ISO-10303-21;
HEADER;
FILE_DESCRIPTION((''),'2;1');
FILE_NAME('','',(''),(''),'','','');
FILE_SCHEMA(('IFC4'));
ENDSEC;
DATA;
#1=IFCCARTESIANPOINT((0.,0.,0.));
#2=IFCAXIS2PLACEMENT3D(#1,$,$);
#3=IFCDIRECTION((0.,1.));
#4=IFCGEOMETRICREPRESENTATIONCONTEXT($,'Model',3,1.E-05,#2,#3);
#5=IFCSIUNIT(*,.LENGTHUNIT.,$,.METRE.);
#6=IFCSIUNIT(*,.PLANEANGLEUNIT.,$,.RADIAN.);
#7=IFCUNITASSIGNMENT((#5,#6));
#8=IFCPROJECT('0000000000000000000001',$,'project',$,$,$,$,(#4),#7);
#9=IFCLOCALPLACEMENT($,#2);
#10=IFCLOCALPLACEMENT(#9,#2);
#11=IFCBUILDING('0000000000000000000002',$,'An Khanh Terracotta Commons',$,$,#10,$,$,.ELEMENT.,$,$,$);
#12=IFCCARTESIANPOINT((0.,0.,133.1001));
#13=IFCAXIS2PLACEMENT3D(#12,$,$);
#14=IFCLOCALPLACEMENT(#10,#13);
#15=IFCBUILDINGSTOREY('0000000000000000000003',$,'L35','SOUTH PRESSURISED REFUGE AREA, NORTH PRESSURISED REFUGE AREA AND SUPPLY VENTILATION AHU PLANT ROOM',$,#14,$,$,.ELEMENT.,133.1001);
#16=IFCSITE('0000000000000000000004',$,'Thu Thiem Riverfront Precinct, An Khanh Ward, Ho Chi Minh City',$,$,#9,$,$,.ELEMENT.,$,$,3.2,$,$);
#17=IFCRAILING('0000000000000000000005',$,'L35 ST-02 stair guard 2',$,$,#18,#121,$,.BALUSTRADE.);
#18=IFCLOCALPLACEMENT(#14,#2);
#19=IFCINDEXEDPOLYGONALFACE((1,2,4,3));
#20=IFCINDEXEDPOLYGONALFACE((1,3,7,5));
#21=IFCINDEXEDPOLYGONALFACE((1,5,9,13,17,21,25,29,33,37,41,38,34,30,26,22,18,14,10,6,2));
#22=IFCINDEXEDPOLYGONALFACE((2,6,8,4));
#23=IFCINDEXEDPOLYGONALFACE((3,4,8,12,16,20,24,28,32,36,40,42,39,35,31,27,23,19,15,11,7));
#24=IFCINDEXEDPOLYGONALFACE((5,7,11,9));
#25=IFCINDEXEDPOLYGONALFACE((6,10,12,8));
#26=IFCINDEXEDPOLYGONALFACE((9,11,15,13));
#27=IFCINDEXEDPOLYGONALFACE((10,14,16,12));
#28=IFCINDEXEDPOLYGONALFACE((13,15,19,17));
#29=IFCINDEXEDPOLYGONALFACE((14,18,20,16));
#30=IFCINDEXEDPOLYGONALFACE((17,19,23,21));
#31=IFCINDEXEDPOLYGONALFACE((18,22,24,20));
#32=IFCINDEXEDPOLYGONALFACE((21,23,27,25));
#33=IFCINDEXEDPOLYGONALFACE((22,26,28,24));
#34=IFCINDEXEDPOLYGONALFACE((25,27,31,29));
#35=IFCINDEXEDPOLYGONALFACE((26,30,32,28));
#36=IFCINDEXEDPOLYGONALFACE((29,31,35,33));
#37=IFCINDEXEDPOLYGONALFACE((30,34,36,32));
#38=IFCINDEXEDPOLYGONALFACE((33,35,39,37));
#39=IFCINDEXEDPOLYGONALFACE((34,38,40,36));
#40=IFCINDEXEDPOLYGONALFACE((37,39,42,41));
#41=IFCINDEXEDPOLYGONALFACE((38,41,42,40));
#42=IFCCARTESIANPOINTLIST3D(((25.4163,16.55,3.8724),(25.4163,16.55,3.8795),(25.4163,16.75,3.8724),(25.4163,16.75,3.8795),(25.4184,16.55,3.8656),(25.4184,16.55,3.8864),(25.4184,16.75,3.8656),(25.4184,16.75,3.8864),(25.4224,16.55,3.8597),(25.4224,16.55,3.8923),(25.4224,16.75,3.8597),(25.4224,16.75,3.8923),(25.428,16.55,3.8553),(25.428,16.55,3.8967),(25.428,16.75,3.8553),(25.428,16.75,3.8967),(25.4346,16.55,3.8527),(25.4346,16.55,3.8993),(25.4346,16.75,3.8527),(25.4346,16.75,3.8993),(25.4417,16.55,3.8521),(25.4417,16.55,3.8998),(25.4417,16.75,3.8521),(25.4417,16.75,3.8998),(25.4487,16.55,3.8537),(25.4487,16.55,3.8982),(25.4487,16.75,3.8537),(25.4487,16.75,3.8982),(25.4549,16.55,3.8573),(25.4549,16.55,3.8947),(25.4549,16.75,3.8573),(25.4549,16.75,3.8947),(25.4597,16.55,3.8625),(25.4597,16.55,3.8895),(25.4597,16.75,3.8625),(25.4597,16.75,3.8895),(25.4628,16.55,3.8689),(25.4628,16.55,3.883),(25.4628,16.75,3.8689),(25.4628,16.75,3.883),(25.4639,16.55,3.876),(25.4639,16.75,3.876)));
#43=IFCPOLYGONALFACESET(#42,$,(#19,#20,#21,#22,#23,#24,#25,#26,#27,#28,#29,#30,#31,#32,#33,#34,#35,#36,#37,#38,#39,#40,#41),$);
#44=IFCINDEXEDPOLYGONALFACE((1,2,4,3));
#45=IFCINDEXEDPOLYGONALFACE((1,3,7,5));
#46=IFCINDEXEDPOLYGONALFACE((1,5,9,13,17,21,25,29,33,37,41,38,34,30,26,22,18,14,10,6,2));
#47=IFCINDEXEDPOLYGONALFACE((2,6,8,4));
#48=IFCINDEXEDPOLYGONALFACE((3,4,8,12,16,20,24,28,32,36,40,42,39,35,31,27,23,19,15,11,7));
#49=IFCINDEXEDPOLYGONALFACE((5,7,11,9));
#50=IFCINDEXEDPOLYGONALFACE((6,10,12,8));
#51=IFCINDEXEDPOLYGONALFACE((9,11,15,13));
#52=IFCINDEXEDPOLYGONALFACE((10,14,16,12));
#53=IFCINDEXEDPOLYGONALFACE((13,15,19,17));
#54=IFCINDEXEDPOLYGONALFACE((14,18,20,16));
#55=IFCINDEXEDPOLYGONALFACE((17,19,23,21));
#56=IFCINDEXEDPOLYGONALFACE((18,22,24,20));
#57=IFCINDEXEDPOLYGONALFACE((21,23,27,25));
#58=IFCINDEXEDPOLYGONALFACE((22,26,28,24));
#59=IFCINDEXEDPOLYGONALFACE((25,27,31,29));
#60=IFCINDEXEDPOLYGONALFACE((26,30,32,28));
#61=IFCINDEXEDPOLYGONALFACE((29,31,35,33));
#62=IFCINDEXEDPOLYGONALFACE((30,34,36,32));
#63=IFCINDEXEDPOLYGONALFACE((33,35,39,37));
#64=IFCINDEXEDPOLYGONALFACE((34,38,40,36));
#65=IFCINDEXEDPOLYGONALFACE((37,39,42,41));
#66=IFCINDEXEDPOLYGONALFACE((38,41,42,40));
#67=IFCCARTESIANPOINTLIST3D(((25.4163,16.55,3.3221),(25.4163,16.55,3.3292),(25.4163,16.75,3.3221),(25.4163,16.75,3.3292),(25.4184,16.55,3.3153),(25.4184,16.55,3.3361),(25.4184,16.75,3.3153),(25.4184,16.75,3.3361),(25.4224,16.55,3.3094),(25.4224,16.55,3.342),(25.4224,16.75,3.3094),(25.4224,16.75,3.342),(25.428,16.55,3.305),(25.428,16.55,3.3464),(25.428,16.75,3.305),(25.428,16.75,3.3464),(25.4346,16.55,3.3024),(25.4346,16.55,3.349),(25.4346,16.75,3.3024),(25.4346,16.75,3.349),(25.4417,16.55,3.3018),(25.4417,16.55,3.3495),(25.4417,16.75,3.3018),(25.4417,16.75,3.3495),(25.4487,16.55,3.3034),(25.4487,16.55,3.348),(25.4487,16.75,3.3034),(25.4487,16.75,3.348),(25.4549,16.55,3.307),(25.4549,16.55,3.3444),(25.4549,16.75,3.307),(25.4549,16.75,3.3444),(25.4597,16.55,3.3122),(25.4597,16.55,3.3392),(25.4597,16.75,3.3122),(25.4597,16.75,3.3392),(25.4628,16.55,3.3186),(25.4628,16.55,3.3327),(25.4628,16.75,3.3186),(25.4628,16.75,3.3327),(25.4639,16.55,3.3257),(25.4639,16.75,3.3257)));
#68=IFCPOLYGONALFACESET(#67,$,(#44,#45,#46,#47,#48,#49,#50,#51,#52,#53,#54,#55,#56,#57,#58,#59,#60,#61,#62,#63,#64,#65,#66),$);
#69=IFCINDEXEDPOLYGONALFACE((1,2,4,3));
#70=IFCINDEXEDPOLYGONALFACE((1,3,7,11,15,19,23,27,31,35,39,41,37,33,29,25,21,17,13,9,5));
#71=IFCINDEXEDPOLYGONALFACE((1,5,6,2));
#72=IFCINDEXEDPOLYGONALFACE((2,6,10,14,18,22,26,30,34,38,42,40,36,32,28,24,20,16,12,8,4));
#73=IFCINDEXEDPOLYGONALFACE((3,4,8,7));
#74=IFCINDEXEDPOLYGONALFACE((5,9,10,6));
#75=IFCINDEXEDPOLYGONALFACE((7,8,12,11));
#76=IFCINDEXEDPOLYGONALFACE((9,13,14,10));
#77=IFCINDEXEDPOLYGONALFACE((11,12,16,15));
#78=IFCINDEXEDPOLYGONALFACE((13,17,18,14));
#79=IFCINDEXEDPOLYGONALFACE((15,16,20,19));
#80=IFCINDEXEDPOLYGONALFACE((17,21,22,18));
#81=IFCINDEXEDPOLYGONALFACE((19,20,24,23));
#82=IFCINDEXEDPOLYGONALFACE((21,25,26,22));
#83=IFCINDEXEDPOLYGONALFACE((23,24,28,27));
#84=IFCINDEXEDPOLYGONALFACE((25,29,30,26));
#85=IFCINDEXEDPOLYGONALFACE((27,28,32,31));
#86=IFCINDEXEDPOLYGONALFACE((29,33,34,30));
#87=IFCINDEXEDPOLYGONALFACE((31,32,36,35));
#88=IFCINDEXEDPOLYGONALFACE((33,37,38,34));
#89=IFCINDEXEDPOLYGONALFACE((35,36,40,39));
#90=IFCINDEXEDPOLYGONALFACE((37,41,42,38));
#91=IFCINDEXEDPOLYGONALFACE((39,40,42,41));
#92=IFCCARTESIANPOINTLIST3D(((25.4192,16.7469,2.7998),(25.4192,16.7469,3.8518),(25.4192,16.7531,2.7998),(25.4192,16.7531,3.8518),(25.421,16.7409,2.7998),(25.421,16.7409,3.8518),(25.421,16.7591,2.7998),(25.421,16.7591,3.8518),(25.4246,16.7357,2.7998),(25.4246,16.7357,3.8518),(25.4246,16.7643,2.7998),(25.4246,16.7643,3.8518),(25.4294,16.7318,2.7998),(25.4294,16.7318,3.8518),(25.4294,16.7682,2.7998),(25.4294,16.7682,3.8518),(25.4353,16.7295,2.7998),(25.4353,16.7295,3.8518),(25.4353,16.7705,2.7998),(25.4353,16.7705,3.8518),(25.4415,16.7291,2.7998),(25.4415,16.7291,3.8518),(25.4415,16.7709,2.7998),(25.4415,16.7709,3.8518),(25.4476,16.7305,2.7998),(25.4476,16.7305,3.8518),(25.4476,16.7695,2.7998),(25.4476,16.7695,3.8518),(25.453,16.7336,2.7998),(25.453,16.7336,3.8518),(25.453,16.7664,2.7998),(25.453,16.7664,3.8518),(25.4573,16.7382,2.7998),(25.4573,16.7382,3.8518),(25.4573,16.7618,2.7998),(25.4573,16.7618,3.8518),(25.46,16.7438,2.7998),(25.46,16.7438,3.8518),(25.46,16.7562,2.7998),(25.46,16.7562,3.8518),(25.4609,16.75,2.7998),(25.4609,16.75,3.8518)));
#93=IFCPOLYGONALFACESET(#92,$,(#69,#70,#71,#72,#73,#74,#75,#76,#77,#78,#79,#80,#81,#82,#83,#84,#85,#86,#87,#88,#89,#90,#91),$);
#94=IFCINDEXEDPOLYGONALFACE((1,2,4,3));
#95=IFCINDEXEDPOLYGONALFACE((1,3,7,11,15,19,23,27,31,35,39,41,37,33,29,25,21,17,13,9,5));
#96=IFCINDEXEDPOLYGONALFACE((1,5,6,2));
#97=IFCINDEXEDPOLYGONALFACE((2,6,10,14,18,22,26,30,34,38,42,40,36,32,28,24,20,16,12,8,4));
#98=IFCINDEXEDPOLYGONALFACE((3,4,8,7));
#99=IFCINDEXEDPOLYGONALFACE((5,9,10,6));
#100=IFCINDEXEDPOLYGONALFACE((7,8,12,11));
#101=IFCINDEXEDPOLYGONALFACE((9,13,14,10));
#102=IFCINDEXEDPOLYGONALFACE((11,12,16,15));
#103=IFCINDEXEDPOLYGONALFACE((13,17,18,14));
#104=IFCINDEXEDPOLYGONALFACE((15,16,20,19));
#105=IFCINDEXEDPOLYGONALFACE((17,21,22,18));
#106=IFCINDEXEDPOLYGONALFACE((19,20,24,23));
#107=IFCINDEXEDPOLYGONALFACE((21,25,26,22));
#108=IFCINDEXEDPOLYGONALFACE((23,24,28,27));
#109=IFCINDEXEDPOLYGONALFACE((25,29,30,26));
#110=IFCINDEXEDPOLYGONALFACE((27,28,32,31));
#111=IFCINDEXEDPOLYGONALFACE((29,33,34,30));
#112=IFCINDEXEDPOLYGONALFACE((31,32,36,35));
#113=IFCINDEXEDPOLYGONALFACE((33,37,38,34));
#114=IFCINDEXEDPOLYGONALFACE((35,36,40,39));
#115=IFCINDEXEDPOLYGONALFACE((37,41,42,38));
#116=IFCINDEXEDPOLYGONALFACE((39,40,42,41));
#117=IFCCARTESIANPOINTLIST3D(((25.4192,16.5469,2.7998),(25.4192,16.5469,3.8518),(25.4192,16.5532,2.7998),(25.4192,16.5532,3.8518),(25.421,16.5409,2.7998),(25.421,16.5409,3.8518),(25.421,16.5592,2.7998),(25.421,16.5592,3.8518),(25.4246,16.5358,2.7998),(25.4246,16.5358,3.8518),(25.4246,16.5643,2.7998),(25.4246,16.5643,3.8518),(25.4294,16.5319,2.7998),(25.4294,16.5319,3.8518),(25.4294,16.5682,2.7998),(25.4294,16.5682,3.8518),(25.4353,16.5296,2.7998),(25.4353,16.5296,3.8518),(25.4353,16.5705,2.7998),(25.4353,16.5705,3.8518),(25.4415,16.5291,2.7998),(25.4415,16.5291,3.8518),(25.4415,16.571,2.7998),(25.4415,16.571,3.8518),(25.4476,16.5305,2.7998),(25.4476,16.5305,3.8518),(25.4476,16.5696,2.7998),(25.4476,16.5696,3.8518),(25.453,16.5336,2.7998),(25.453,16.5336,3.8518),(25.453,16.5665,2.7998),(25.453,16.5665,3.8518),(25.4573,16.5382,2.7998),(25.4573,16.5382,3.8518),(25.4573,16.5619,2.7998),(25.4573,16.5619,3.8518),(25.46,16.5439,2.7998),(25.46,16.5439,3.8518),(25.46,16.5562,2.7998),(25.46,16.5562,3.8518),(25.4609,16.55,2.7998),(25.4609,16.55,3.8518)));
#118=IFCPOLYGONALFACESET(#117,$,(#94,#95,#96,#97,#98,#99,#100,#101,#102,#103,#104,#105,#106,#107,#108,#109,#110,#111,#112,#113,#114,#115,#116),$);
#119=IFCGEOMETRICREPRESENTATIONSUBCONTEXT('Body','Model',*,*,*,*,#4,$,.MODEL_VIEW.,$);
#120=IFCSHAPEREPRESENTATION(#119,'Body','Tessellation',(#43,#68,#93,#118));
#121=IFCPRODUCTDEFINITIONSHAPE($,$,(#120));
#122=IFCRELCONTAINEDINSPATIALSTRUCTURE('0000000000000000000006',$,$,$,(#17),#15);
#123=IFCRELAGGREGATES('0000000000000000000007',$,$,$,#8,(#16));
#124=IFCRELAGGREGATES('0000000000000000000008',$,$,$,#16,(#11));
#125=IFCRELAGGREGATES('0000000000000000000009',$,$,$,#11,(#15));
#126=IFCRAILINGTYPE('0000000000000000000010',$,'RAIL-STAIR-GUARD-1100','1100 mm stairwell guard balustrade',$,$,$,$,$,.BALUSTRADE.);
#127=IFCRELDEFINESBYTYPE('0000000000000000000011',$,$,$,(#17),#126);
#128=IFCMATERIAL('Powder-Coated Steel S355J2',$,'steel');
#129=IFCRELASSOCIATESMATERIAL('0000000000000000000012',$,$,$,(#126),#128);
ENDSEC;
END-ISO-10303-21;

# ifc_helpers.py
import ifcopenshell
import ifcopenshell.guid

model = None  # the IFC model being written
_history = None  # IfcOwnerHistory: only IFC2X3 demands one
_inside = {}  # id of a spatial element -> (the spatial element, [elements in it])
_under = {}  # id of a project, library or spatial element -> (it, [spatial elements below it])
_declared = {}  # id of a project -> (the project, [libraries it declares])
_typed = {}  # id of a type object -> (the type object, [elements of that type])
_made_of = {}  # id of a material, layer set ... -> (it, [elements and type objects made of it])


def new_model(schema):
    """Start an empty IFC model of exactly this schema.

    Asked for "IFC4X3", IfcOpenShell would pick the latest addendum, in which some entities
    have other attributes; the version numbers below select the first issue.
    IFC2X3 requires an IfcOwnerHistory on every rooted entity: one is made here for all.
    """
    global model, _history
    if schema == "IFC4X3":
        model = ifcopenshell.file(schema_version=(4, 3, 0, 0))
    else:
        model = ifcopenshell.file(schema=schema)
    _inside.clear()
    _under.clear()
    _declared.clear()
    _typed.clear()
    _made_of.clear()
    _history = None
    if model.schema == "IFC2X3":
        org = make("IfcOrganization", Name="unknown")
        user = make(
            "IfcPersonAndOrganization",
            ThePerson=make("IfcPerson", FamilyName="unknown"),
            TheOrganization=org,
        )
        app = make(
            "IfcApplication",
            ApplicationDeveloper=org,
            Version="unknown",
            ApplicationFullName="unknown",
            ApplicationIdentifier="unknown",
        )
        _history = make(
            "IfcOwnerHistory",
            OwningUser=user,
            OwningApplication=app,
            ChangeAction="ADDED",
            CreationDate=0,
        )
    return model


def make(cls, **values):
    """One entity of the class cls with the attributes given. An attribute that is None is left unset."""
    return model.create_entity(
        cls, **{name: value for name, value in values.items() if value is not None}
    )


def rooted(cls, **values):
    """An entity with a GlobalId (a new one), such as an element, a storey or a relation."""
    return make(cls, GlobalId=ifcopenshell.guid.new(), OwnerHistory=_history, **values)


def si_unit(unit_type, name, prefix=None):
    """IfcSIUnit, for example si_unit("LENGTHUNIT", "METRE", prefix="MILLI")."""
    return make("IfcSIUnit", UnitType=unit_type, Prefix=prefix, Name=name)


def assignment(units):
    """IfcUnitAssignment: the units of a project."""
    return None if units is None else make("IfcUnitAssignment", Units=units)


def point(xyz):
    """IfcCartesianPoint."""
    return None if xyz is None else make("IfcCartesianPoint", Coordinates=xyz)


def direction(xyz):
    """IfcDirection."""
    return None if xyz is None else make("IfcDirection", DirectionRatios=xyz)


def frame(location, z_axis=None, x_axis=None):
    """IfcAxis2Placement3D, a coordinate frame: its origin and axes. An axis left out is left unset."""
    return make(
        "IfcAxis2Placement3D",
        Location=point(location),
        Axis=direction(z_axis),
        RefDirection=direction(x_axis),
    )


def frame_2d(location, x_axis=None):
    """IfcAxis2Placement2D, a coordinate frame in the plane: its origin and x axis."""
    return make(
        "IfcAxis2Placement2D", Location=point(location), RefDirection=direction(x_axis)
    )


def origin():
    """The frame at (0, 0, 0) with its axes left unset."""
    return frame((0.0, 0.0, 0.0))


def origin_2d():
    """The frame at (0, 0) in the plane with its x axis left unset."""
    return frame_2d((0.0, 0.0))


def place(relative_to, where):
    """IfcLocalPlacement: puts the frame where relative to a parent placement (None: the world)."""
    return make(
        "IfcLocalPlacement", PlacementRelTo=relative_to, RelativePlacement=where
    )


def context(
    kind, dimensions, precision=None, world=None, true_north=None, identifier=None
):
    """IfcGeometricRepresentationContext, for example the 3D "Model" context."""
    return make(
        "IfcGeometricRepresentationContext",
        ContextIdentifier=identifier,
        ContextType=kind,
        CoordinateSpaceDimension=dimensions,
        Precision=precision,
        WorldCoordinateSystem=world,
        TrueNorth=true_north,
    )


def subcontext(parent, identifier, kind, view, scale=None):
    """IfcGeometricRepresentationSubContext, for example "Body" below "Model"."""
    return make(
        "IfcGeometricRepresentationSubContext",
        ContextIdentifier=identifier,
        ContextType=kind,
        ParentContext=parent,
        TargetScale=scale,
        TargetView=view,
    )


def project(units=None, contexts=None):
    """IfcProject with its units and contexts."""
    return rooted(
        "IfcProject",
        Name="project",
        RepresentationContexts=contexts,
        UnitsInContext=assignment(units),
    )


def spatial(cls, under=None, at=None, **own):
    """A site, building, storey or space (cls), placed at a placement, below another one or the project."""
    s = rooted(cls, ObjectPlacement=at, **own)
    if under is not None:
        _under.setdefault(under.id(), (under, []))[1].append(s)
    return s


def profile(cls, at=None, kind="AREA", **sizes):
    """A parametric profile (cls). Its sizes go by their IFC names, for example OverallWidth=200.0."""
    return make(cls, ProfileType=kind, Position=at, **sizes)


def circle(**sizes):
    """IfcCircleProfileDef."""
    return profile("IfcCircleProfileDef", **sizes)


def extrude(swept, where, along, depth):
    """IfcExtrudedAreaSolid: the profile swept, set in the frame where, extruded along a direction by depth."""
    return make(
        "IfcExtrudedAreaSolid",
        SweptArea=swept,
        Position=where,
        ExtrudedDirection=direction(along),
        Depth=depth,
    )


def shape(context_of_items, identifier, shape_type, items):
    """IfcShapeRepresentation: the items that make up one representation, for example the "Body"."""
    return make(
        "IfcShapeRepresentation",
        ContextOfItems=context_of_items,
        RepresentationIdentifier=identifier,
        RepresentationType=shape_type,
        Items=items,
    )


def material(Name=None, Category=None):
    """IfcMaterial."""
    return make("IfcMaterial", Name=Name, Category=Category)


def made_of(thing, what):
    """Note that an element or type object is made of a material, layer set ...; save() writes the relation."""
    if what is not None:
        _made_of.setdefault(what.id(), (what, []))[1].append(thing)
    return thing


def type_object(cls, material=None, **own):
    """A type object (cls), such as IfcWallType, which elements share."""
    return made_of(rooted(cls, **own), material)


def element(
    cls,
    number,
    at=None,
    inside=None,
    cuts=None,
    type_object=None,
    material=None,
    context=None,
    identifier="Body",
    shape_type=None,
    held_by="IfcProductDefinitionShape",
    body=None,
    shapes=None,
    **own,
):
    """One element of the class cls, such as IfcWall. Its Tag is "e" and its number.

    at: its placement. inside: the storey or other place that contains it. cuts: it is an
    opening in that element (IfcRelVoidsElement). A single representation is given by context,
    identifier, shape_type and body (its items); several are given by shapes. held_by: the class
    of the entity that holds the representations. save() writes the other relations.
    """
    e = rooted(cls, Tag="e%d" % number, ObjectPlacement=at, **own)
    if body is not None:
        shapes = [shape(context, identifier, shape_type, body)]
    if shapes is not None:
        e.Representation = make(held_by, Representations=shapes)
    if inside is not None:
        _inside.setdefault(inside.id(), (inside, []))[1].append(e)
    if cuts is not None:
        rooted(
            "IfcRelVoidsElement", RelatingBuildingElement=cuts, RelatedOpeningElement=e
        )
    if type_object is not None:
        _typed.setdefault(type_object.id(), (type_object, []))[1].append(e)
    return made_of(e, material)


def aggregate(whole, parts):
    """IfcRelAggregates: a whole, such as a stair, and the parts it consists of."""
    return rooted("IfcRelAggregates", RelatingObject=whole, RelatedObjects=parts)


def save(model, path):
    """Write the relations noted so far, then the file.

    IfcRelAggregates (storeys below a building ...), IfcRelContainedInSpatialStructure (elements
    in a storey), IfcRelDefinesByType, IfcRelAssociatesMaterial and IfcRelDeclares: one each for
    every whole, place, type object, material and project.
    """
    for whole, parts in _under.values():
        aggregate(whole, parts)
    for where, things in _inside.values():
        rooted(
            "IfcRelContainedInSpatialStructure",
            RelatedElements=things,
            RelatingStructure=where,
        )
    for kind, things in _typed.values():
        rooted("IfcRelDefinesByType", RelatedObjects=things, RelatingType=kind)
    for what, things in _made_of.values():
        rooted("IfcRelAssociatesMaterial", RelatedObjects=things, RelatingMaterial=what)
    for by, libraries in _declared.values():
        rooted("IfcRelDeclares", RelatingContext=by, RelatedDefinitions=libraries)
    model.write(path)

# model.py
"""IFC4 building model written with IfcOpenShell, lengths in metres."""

from ifc_helpers import new_model, si_unit, direction, frame, origin, origin_2d, place, context, subcontext, project, spatial, circle, extrude, material, type_object, element, save


model = new_model("IFC4")

# Units and contexts
model_context = context("Model", 3, precision=1e-05, world=origin(), true_north=direction((0.0, 1.0)))
body_context = subcontext(model_context, "Body", "Model", "MODEL_VIEW")
ifc_project = project(units=[si_unit("LENGTHUNIT", "METRE"), si_unit("PLANEANGLEUNIT", "RADIAN")], contexts=[model_context])

# Site, building, storey
site_placement = place(None, origin())
site = spatial("IfcSite", under=ifc_project, at=site_placement, Name="Thu Thiem Riverfront Precinct, An Khanh Ward, Ho Chi Minh City", CompositionType="ELEMENT", RefElevation=3.2)
building_placement = place(site_placement, origin())
building = spatial("IfcBuilding", under=site, at=building_placement, Name="An Khanh Terracotta Commons", CompositionType="ELEMENT")
storey_placement = place(building_placement, frame((0.0, 0.0, 133.1001)))
storey = spatial("IfcBuildingStorey", under=building, at=storey_placement, Name="L35", Description="SOUTH PRESSURISED REFUGE AREA, NORTH PRESSURISED REFUGE AREA AND SUPPLY VENTILATION AHU PLANT ROOM", CompositionType="ELEMENT", Elevation=133.1001)

# Railing
ifc_material_1 = material(Name="Powder-Coated Steel S355J2", Category="steel")
railing_type_1 = type_object("IfcRailingType", Name="RAIL-STAIR-GUARD-1100", Description="1100 mm stairwell guard balustrade", PredefinedType="BALUSTRADE", material=ifc_material_1)
railing_1_placement = place(storey_placement, frame((25.4399, 16.75, 2.7998)))
element("IfcRailing", 1, at=railing_1_placement, inside=storey, type_object=railing_type_1, Name="L35 ST-02 stair guard 2", PredefinedType="BALUSTRADE", context=body_context, shape_type="SweptSolid", body=[
    extrude(circle(Radius=0.0239, at=origin_2d()), frame((0.0, 0.0, 1.0762), z_axis=(0.0, -1.0, 0.0), x_axis=(1.0, 0.0, 0.0)), (0.0, 0.0, 1.0), 0.2),
    extrude(circle(Radius=0.0239, at=origin_2d()), frame((0.0, 0.0, 0.5259), z_axis=(0.0, -1.0, 0.0), x_axis=(1.0, 0.0, 0.0)), (0.0, 0.0, 1.0), 0.2),
    extrude(circle(Radius=0.021, at=origin_2d()), origin(), (0.0, 0.0, 1.0), 1.052),
    extrude(circle(Radius=0.021, at=origin_2d()), frame((0.0, -0.2, 0.0)), (0.0, 0.0, 1.0), 1.052),
])

save(model, "model.ifc")
